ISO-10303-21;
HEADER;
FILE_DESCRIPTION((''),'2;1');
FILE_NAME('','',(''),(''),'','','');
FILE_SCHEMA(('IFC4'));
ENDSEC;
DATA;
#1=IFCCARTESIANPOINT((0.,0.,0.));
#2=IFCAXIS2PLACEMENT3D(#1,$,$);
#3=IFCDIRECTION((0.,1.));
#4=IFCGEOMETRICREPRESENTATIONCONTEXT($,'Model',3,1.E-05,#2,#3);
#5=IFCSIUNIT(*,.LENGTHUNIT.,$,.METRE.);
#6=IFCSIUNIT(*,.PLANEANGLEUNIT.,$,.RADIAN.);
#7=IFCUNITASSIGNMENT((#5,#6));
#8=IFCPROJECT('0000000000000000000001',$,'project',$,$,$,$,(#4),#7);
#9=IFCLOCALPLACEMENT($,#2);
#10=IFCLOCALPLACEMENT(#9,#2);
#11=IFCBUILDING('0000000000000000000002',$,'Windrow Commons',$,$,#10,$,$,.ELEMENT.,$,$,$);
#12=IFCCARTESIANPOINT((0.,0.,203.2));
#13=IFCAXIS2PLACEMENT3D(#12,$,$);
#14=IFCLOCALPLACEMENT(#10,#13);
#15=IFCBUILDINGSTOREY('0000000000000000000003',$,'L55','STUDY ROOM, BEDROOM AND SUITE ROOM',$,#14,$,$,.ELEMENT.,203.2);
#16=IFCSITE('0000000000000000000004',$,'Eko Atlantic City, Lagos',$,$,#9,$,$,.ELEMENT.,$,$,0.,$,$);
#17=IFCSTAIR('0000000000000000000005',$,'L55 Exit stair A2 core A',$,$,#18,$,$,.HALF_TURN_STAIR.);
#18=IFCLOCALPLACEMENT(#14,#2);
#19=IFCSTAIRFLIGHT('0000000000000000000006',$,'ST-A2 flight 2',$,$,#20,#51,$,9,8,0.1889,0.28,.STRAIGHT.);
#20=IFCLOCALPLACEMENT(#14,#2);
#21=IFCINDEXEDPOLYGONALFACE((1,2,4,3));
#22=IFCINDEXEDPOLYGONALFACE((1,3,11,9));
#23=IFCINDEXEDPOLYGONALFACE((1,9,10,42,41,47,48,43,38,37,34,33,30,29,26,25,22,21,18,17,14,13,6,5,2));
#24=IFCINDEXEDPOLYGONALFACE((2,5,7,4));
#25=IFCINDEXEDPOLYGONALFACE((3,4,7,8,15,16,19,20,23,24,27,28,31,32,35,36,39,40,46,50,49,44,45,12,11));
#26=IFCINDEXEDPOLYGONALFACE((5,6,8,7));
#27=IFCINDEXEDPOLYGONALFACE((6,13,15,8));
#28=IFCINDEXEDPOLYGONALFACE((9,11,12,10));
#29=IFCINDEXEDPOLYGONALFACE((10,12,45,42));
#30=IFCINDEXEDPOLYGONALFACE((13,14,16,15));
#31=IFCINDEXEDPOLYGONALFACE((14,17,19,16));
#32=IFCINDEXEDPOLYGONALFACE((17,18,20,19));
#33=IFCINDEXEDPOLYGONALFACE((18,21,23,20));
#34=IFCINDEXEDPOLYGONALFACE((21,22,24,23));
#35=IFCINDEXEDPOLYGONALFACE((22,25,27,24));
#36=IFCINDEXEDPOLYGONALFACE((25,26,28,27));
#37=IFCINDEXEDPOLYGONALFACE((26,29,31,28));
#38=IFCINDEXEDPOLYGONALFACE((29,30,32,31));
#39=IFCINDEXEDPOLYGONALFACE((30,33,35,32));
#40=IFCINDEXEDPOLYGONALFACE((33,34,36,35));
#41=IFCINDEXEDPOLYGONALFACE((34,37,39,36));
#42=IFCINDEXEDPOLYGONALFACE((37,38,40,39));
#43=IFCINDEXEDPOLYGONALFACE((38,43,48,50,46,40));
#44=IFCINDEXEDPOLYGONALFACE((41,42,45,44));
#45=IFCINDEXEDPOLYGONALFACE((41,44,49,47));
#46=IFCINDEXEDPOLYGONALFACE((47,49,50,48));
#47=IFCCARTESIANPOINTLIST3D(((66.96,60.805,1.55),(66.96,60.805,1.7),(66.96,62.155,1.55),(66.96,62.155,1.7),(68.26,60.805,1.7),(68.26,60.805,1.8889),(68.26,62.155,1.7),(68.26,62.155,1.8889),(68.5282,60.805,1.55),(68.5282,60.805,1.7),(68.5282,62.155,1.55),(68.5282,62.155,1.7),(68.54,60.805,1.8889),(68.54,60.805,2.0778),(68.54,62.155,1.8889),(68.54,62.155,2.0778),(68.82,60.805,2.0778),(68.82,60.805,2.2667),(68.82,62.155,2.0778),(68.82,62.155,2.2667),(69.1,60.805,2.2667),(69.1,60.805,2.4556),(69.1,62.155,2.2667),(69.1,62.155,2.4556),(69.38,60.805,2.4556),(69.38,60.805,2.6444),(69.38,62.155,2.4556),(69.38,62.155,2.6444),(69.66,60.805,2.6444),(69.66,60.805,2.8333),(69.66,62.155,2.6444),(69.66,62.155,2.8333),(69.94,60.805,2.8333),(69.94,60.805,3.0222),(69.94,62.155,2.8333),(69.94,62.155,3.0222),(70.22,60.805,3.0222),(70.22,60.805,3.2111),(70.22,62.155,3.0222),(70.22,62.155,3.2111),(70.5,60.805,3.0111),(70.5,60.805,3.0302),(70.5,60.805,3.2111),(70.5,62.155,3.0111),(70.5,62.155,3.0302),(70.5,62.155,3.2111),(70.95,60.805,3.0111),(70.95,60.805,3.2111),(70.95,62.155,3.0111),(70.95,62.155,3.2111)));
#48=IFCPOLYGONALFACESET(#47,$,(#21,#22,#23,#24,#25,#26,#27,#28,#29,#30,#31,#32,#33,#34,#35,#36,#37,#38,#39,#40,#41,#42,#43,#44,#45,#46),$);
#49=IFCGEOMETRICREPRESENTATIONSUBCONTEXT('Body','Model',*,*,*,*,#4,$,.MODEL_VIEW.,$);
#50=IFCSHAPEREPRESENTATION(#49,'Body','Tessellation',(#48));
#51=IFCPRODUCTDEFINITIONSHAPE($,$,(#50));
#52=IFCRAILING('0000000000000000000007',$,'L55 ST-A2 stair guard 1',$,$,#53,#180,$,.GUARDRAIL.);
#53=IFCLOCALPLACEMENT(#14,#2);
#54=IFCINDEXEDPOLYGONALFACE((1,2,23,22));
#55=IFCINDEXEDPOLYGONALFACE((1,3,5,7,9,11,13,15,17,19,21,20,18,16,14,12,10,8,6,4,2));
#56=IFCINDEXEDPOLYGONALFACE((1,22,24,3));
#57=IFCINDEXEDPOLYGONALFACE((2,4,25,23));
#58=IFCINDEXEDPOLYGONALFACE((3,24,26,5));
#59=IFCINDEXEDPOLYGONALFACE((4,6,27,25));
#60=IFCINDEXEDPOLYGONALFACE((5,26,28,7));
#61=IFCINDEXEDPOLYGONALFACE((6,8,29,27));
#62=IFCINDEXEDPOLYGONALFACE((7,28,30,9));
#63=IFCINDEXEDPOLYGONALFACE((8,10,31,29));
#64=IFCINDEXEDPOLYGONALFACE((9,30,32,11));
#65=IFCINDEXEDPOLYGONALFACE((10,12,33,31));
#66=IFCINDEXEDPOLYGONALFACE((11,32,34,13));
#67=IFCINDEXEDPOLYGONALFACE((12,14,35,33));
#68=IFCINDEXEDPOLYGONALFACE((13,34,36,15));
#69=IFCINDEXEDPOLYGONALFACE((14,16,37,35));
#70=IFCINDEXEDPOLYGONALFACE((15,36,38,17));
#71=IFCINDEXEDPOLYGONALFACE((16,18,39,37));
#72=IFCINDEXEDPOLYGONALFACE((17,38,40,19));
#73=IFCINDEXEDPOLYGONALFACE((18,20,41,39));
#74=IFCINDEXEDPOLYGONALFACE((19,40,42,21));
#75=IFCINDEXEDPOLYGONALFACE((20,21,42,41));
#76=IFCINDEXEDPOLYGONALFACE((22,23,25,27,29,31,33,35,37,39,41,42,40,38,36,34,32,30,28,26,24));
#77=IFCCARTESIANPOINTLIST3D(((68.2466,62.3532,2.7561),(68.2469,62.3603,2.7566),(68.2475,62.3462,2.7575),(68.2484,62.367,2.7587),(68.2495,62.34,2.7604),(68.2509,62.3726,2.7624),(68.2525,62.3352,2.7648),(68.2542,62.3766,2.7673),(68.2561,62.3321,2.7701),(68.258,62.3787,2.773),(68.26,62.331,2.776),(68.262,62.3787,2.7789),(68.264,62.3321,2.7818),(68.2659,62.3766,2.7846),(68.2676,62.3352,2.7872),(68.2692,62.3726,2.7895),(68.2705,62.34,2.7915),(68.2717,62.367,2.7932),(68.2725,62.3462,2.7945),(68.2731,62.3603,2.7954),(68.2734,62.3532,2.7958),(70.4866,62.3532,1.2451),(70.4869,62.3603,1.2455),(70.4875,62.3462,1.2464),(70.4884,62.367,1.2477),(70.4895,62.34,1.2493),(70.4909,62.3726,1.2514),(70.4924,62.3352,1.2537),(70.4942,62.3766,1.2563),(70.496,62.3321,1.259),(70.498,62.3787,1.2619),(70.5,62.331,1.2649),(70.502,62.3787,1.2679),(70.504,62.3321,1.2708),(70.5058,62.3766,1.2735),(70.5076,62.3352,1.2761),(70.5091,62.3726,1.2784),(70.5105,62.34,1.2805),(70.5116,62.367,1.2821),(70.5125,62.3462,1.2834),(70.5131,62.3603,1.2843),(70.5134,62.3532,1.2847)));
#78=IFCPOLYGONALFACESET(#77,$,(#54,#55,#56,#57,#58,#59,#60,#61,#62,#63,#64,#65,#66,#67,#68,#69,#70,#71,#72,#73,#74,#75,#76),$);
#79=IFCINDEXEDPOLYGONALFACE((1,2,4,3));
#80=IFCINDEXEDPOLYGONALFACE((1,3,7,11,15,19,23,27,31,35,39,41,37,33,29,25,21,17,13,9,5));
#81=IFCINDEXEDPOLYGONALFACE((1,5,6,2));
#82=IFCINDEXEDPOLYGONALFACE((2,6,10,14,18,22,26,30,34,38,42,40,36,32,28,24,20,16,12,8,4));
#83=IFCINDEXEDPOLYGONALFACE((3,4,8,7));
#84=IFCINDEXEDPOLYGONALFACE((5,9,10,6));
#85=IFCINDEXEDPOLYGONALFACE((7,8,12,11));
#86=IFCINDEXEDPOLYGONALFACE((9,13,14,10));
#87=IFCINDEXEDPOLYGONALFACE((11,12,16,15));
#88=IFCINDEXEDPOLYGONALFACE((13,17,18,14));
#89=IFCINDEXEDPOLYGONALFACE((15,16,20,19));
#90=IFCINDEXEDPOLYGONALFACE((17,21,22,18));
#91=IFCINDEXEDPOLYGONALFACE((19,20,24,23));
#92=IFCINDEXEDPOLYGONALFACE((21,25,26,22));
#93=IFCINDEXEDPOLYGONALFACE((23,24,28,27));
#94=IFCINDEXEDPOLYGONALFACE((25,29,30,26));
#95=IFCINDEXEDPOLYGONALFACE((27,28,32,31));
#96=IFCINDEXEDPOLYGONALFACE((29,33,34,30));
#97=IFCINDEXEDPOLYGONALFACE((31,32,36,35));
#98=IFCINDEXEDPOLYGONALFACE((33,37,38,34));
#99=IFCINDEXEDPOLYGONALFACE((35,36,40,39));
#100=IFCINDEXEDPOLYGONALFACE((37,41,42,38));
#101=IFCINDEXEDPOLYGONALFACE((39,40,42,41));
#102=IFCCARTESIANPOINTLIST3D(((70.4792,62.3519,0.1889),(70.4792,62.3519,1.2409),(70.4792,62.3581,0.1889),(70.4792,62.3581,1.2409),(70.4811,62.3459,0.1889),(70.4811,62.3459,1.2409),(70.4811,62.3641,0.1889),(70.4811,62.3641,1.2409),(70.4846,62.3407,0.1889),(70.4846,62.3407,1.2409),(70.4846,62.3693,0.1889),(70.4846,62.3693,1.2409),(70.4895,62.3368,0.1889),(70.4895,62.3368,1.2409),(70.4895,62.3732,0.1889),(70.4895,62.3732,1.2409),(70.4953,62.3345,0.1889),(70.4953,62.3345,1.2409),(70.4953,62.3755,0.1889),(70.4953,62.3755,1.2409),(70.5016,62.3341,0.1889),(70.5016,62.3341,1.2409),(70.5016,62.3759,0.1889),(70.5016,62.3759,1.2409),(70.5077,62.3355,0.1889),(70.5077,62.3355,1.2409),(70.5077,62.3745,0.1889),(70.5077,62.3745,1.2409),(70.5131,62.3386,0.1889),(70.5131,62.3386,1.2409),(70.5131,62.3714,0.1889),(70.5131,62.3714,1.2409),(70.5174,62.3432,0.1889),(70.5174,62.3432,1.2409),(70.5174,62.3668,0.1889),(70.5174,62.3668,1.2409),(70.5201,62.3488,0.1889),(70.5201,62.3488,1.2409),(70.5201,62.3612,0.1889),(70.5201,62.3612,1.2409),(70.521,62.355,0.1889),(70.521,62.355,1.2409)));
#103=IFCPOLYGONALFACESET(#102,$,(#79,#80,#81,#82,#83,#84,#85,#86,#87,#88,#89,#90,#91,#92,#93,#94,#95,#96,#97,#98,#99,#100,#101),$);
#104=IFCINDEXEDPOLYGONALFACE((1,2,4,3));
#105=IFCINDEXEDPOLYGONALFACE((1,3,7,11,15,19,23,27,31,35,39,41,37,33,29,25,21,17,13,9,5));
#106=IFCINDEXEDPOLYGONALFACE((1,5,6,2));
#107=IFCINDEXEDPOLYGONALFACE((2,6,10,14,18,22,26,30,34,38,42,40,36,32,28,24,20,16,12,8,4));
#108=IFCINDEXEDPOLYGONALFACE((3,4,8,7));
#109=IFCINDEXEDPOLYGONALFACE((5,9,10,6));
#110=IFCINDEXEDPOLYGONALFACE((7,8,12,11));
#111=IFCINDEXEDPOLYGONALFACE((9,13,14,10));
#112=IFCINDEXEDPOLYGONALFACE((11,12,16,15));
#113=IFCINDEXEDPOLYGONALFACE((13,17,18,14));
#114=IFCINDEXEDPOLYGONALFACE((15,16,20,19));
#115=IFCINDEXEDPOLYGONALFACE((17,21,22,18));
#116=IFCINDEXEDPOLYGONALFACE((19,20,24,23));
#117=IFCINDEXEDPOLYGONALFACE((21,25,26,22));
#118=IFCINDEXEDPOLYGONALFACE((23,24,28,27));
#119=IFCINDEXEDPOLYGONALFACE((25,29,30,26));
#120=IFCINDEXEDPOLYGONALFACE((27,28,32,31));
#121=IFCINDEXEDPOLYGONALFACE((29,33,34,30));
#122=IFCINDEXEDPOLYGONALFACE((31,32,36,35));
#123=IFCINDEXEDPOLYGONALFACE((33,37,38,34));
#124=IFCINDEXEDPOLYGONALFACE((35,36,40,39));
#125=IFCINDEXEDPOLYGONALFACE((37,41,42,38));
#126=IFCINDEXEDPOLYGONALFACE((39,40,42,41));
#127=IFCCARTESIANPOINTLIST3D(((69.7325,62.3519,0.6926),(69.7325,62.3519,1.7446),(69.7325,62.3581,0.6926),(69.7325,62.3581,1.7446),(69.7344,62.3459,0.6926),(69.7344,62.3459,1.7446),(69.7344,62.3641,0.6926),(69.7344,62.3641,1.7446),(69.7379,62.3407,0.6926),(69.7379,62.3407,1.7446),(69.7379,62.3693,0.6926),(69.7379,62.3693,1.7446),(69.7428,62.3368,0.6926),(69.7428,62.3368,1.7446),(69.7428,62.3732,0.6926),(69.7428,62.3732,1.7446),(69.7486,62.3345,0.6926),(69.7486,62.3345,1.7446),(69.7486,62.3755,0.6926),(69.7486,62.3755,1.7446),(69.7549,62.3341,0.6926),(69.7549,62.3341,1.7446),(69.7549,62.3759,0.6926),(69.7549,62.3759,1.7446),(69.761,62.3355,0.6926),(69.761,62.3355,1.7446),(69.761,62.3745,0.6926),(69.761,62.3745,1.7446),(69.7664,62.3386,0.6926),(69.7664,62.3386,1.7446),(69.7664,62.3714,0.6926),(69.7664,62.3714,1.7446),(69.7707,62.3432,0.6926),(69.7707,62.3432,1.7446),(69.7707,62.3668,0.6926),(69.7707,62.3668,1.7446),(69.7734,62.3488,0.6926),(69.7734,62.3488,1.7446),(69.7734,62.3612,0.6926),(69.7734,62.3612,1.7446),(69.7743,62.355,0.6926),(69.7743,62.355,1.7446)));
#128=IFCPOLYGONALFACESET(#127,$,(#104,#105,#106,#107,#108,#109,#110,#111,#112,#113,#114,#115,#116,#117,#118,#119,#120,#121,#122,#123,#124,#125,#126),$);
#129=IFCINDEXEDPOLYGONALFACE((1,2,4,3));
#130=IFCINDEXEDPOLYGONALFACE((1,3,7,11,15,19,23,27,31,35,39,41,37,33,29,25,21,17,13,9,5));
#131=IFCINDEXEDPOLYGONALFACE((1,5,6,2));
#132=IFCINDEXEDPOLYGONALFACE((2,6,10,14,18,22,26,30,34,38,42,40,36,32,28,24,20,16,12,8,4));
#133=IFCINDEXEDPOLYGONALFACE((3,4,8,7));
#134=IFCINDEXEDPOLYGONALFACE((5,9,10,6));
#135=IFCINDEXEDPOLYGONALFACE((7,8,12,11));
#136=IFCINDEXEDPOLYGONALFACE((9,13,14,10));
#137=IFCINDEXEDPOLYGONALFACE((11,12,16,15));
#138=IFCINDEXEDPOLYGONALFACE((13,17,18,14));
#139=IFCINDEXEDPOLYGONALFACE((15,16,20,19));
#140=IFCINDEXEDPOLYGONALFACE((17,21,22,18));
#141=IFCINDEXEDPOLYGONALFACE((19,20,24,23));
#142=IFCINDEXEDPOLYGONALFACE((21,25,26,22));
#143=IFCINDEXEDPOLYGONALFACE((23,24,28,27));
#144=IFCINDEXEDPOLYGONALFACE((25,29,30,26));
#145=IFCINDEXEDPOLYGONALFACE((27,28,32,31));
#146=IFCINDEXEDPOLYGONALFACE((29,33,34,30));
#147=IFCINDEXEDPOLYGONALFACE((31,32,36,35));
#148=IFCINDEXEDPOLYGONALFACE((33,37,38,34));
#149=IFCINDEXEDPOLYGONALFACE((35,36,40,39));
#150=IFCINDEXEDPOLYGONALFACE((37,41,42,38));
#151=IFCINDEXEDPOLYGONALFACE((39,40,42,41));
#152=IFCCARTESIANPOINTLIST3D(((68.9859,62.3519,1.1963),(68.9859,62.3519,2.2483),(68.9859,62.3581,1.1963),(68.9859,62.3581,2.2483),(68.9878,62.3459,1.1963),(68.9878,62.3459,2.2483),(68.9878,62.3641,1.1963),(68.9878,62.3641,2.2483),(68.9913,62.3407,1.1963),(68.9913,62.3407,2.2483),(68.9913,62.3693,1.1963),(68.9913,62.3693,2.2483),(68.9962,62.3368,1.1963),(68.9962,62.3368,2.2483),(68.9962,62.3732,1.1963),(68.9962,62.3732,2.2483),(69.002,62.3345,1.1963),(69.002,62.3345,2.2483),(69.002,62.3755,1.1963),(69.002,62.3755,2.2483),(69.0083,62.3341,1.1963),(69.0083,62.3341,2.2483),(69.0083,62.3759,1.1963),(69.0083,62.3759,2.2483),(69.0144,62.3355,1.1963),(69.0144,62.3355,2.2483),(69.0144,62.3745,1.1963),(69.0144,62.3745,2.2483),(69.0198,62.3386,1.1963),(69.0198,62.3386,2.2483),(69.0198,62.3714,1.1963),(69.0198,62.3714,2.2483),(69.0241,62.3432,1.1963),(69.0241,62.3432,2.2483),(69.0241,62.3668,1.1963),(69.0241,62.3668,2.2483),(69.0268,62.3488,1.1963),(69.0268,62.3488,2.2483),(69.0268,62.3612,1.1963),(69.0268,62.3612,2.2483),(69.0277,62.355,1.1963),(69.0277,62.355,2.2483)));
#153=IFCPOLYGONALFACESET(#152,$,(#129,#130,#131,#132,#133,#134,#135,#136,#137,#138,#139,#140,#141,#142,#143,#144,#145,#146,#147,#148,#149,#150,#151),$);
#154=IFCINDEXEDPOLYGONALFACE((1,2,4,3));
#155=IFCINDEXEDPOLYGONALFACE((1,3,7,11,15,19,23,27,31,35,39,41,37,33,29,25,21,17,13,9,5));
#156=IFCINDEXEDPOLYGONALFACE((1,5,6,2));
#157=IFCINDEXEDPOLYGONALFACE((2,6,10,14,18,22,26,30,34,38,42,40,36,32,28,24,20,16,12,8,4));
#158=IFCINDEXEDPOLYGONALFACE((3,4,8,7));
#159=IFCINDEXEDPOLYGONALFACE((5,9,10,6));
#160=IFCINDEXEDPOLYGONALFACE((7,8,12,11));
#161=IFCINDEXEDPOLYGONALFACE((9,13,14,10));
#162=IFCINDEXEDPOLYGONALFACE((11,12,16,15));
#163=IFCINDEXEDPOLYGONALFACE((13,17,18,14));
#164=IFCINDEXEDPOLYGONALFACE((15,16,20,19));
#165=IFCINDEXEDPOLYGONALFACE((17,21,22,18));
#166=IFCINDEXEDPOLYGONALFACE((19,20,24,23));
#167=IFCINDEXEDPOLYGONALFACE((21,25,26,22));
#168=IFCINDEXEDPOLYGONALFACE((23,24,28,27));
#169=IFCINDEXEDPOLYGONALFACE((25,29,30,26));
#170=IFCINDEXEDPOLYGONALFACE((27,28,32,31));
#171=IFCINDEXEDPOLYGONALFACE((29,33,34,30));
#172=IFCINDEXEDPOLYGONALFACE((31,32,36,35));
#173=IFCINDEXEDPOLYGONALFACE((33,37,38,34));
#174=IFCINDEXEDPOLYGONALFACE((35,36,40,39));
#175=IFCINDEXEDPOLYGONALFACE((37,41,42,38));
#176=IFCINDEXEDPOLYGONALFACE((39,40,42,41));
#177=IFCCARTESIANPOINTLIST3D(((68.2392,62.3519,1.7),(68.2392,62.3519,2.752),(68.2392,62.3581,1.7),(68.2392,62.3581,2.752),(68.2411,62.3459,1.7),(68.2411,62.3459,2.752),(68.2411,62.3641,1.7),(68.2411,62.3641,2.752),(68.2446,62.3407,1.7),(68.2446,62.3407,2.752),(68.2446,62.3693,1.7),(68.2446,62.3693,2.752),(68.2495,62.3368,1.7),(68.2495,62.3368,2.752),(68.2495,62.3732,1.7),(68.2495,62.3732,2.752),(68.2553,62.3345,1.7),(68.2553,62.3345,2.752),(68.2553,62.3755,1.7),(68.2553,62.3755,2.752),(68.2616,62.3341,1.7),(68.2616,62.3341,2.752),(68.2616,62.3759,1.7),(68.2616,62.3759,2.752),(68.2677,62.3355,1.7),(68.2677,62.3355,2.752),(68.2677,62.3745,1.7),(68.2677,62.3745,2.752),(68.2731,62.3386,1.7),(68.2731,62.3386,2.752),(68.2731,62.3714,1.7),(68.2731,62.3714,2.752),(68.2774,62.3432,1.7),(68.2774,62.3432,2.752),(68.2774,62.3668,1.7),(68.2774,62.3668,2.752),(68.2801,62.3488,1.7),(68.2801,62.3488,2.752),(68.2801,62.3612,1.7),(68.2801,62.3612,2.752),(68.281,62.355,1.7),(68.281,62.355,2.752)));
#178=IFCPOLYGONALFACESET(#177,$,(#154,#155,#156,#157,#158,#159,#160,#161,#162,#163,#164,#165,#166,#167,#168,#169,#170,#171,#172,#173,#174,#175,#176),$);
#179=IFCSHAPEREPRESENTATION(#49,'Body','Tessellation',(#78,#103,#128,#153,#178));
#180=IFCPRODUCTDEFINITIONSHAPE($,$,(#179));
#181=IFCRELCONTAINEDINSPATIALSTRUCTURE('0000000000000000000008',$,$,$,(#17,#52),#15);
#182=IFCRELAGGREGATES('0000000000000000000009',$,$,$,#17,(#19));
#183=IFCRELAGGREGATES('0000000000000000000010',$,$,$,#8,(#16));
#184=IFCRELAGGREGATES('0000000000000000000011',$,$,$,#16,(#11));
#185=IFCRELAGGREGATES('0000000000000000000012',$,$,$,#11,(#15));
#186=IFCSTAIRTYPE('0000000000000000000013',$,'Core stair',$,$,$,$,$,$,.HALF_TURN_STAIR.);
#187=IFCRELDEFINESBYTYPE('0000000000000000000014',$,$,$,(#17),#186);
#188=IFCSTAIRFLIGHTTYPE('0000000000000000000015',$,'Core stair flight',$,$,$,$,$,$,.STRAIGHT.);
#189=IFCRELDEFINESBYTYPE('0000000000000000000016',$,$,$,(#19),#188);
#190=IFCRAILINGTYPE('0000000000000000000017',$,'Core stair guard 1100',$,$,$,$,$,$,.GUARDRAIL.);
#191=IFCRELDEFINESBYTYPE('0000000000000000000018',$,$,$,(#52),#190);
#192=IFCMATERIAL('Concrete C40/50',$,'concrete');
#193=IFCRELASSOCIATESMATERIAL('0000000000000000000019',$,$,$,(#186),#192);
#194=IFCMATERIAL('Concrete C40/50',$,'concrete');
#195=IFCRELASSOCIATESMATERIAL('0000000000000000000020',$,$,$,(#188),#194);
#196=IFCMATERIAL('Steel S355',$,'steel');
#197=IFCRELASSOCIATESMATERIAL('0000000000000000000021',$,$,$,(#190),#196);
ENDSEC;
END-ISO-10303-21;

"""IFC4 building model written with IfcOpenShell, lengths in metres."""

from ifc_helpers import new_model, si_unit, direction, frame, origin, origin_2d, place, context, subcontext, project, spatial, polyline, circle, outline, extrude, material, type_object, element, aggregate, save


model = new_model("IFC4")

# Units and contexts
model_context = context("Model", 3, precision=1e-05, world=origin(), true_north=direction((0.0, 1.0)))
body_context = subcontext(model_context, "Body", "Model", "MODEL_VIEW")
ifc_project = project(units=[si_unit("LENGTHUNIT", "METRE"), si_unit("PLANEANGLEUNIT", "RADIAN")], contexts=[model_context])

# Site, building, storey
site_placement = place(None, origin())
site = spatial("IfcSite", under=ifc_project, at=site_placement, Name="Eko Atlantic City, Lagos", CompositionType="ELEMENT", RefElevation=0.0)
building_placement = place(site_placement, origin())
building = spatial("IfcBuilding", under=site, at=building_placement, Name="Windrow Commons", CompositionType="ELEMENT")
storey_placement = place(building_placement, frame((0.0, 0.0, 203.2)))
storey = spatial("IfcBuildingStorey", under=building, at=storey_placement, Name="L55", Description="STUDY ROOM, BEDROOM AND SUITE ROOM", CompositionType="ELEMENT", Elevation=203.2)

# Stair, stair flight
ifc_material_1 = material(Name="Concrete C40/50", Category="concrete")
stair_type = type_object("IfcStairType", Name="Core stair", PredefinedType="HALF_TURN_STAIR", material=ifc_material_1)
stair_placement = place(storey_placement, origin())
stair = element("IfcStair", 1, at=stair_placement, inside=storey, type_object=stair_type, Name="L55 Exit stair A2 core A", PredefinedType="HALF_TURN_STAIR")
ifc_material_2 = material(Name="Concrete C40/50", Category="concrete")
stair_flight_type = type_object("IfcStairFlightType", Name="Core stair flight", PredefinedType="STRAIGHT", material=ifc_material_2)
stair_flight_1_placement = place(storey_placement, frame((68.26, 61.48, 1.7), z_axis=(0.0, 0.0, 1.0), x_axis=(1.0, 0.0, 0.0)))
stair_flight_1 = element("IfcStairFlight", 2, at=stair_flight_1_placement, type_object=stair_flight_type, Name="ST-A2 flight 2", NumberOfRisers=9, NumberOfTreads=8, PredefinedType="STRAIGHT", RiserHeight=0.1889, TreadLength=0.28, context=body_context, shape_type="SweptSolid", body=[
    extrude(outline(polyline([(-1.3, -0.15), (-1.3, 0.0), (0.0, 0.0), (0.0, 0.1889), (0.28, 0.1889), (0.28, 0.3778), (0.56, 0.3778), (0.56, 0.5667), (0.84, 0.5667), (0.84, 0.7556), (1.12, 0.7556), (1.12, 0.9444), (1.4, 0.9444), (1.4, 1.1333), (1.68, 1.1333), (1.68, 1.3222), (1.96, 1.3222), (1.96, 1.5111), (2.24, 1.5111), (2.69, 1.5111), (2.69, 1.3111), (2.24, 1.3111), (2.24, 1.3302), (0.2682, 0.0), (0.2682, -0.15), (-1.3, -0.15)])), frame((0.0, 0.675, 0.0), z_axis=(0.0, -1.0, 0.0), x_axis=(1.0, 0.0, 0.0)), (0.0, 0.0, 1.0), 1.35),
])
aggregate(stair, [stair_flight_1])

# Railing
ifc_material_3 = material(Name="Steel S355", Category="steel")
railing_type_1 = type_object("IfcRailingType", Name="Core stair guard 1100", PredefinedType="GUARDRAIL", material=ifc_material_3)
railing_1_placement = place(storey_placement, frame((70.5, 62.355, 0.1889)))
element("IfcRailing", 3, at=railing_1_placement, inside=storey, type_object=railing_type_1, Name="L55 ST-A2 stair guard 1", PredefinedType="GUARDRAIL", context=body_context, shape_type="SweptSolid", body=[
    extrude(circle(Radius=0.024, at=origin_2d()), frame((0.0, 0.0, 1.076), z_axis=(-0.829003, 0.0, 0.559244), x_axis=(0.0, -1.0, 0.0)), (0.0, 0.0, 1.0), 2.702),
    extrude(circle(Radius=0.021, at=origin_2d()), origin(), (0.0, 0.0, 1.0), 1.052),
    extrude(circle(Radius=0.021, at=origin_2d()), frame((-0.7467, 0.0, 0.5037)), (0.0, 0.0, 1.0), 1.052),
    extrude(circle(Radius=0.021, at=origin_2d()), frame((-1.4933, 0.0, 1.0074)), (0.0, 0.0, 1.0), 1.052),
    extrude(circle(Radius=0.021, at=origin_2d()), frame((-2.24, 0.0, 1.5111)), (0.0, 0.0, 1.0), 1.052),
])

save(model, "model.ifc")
